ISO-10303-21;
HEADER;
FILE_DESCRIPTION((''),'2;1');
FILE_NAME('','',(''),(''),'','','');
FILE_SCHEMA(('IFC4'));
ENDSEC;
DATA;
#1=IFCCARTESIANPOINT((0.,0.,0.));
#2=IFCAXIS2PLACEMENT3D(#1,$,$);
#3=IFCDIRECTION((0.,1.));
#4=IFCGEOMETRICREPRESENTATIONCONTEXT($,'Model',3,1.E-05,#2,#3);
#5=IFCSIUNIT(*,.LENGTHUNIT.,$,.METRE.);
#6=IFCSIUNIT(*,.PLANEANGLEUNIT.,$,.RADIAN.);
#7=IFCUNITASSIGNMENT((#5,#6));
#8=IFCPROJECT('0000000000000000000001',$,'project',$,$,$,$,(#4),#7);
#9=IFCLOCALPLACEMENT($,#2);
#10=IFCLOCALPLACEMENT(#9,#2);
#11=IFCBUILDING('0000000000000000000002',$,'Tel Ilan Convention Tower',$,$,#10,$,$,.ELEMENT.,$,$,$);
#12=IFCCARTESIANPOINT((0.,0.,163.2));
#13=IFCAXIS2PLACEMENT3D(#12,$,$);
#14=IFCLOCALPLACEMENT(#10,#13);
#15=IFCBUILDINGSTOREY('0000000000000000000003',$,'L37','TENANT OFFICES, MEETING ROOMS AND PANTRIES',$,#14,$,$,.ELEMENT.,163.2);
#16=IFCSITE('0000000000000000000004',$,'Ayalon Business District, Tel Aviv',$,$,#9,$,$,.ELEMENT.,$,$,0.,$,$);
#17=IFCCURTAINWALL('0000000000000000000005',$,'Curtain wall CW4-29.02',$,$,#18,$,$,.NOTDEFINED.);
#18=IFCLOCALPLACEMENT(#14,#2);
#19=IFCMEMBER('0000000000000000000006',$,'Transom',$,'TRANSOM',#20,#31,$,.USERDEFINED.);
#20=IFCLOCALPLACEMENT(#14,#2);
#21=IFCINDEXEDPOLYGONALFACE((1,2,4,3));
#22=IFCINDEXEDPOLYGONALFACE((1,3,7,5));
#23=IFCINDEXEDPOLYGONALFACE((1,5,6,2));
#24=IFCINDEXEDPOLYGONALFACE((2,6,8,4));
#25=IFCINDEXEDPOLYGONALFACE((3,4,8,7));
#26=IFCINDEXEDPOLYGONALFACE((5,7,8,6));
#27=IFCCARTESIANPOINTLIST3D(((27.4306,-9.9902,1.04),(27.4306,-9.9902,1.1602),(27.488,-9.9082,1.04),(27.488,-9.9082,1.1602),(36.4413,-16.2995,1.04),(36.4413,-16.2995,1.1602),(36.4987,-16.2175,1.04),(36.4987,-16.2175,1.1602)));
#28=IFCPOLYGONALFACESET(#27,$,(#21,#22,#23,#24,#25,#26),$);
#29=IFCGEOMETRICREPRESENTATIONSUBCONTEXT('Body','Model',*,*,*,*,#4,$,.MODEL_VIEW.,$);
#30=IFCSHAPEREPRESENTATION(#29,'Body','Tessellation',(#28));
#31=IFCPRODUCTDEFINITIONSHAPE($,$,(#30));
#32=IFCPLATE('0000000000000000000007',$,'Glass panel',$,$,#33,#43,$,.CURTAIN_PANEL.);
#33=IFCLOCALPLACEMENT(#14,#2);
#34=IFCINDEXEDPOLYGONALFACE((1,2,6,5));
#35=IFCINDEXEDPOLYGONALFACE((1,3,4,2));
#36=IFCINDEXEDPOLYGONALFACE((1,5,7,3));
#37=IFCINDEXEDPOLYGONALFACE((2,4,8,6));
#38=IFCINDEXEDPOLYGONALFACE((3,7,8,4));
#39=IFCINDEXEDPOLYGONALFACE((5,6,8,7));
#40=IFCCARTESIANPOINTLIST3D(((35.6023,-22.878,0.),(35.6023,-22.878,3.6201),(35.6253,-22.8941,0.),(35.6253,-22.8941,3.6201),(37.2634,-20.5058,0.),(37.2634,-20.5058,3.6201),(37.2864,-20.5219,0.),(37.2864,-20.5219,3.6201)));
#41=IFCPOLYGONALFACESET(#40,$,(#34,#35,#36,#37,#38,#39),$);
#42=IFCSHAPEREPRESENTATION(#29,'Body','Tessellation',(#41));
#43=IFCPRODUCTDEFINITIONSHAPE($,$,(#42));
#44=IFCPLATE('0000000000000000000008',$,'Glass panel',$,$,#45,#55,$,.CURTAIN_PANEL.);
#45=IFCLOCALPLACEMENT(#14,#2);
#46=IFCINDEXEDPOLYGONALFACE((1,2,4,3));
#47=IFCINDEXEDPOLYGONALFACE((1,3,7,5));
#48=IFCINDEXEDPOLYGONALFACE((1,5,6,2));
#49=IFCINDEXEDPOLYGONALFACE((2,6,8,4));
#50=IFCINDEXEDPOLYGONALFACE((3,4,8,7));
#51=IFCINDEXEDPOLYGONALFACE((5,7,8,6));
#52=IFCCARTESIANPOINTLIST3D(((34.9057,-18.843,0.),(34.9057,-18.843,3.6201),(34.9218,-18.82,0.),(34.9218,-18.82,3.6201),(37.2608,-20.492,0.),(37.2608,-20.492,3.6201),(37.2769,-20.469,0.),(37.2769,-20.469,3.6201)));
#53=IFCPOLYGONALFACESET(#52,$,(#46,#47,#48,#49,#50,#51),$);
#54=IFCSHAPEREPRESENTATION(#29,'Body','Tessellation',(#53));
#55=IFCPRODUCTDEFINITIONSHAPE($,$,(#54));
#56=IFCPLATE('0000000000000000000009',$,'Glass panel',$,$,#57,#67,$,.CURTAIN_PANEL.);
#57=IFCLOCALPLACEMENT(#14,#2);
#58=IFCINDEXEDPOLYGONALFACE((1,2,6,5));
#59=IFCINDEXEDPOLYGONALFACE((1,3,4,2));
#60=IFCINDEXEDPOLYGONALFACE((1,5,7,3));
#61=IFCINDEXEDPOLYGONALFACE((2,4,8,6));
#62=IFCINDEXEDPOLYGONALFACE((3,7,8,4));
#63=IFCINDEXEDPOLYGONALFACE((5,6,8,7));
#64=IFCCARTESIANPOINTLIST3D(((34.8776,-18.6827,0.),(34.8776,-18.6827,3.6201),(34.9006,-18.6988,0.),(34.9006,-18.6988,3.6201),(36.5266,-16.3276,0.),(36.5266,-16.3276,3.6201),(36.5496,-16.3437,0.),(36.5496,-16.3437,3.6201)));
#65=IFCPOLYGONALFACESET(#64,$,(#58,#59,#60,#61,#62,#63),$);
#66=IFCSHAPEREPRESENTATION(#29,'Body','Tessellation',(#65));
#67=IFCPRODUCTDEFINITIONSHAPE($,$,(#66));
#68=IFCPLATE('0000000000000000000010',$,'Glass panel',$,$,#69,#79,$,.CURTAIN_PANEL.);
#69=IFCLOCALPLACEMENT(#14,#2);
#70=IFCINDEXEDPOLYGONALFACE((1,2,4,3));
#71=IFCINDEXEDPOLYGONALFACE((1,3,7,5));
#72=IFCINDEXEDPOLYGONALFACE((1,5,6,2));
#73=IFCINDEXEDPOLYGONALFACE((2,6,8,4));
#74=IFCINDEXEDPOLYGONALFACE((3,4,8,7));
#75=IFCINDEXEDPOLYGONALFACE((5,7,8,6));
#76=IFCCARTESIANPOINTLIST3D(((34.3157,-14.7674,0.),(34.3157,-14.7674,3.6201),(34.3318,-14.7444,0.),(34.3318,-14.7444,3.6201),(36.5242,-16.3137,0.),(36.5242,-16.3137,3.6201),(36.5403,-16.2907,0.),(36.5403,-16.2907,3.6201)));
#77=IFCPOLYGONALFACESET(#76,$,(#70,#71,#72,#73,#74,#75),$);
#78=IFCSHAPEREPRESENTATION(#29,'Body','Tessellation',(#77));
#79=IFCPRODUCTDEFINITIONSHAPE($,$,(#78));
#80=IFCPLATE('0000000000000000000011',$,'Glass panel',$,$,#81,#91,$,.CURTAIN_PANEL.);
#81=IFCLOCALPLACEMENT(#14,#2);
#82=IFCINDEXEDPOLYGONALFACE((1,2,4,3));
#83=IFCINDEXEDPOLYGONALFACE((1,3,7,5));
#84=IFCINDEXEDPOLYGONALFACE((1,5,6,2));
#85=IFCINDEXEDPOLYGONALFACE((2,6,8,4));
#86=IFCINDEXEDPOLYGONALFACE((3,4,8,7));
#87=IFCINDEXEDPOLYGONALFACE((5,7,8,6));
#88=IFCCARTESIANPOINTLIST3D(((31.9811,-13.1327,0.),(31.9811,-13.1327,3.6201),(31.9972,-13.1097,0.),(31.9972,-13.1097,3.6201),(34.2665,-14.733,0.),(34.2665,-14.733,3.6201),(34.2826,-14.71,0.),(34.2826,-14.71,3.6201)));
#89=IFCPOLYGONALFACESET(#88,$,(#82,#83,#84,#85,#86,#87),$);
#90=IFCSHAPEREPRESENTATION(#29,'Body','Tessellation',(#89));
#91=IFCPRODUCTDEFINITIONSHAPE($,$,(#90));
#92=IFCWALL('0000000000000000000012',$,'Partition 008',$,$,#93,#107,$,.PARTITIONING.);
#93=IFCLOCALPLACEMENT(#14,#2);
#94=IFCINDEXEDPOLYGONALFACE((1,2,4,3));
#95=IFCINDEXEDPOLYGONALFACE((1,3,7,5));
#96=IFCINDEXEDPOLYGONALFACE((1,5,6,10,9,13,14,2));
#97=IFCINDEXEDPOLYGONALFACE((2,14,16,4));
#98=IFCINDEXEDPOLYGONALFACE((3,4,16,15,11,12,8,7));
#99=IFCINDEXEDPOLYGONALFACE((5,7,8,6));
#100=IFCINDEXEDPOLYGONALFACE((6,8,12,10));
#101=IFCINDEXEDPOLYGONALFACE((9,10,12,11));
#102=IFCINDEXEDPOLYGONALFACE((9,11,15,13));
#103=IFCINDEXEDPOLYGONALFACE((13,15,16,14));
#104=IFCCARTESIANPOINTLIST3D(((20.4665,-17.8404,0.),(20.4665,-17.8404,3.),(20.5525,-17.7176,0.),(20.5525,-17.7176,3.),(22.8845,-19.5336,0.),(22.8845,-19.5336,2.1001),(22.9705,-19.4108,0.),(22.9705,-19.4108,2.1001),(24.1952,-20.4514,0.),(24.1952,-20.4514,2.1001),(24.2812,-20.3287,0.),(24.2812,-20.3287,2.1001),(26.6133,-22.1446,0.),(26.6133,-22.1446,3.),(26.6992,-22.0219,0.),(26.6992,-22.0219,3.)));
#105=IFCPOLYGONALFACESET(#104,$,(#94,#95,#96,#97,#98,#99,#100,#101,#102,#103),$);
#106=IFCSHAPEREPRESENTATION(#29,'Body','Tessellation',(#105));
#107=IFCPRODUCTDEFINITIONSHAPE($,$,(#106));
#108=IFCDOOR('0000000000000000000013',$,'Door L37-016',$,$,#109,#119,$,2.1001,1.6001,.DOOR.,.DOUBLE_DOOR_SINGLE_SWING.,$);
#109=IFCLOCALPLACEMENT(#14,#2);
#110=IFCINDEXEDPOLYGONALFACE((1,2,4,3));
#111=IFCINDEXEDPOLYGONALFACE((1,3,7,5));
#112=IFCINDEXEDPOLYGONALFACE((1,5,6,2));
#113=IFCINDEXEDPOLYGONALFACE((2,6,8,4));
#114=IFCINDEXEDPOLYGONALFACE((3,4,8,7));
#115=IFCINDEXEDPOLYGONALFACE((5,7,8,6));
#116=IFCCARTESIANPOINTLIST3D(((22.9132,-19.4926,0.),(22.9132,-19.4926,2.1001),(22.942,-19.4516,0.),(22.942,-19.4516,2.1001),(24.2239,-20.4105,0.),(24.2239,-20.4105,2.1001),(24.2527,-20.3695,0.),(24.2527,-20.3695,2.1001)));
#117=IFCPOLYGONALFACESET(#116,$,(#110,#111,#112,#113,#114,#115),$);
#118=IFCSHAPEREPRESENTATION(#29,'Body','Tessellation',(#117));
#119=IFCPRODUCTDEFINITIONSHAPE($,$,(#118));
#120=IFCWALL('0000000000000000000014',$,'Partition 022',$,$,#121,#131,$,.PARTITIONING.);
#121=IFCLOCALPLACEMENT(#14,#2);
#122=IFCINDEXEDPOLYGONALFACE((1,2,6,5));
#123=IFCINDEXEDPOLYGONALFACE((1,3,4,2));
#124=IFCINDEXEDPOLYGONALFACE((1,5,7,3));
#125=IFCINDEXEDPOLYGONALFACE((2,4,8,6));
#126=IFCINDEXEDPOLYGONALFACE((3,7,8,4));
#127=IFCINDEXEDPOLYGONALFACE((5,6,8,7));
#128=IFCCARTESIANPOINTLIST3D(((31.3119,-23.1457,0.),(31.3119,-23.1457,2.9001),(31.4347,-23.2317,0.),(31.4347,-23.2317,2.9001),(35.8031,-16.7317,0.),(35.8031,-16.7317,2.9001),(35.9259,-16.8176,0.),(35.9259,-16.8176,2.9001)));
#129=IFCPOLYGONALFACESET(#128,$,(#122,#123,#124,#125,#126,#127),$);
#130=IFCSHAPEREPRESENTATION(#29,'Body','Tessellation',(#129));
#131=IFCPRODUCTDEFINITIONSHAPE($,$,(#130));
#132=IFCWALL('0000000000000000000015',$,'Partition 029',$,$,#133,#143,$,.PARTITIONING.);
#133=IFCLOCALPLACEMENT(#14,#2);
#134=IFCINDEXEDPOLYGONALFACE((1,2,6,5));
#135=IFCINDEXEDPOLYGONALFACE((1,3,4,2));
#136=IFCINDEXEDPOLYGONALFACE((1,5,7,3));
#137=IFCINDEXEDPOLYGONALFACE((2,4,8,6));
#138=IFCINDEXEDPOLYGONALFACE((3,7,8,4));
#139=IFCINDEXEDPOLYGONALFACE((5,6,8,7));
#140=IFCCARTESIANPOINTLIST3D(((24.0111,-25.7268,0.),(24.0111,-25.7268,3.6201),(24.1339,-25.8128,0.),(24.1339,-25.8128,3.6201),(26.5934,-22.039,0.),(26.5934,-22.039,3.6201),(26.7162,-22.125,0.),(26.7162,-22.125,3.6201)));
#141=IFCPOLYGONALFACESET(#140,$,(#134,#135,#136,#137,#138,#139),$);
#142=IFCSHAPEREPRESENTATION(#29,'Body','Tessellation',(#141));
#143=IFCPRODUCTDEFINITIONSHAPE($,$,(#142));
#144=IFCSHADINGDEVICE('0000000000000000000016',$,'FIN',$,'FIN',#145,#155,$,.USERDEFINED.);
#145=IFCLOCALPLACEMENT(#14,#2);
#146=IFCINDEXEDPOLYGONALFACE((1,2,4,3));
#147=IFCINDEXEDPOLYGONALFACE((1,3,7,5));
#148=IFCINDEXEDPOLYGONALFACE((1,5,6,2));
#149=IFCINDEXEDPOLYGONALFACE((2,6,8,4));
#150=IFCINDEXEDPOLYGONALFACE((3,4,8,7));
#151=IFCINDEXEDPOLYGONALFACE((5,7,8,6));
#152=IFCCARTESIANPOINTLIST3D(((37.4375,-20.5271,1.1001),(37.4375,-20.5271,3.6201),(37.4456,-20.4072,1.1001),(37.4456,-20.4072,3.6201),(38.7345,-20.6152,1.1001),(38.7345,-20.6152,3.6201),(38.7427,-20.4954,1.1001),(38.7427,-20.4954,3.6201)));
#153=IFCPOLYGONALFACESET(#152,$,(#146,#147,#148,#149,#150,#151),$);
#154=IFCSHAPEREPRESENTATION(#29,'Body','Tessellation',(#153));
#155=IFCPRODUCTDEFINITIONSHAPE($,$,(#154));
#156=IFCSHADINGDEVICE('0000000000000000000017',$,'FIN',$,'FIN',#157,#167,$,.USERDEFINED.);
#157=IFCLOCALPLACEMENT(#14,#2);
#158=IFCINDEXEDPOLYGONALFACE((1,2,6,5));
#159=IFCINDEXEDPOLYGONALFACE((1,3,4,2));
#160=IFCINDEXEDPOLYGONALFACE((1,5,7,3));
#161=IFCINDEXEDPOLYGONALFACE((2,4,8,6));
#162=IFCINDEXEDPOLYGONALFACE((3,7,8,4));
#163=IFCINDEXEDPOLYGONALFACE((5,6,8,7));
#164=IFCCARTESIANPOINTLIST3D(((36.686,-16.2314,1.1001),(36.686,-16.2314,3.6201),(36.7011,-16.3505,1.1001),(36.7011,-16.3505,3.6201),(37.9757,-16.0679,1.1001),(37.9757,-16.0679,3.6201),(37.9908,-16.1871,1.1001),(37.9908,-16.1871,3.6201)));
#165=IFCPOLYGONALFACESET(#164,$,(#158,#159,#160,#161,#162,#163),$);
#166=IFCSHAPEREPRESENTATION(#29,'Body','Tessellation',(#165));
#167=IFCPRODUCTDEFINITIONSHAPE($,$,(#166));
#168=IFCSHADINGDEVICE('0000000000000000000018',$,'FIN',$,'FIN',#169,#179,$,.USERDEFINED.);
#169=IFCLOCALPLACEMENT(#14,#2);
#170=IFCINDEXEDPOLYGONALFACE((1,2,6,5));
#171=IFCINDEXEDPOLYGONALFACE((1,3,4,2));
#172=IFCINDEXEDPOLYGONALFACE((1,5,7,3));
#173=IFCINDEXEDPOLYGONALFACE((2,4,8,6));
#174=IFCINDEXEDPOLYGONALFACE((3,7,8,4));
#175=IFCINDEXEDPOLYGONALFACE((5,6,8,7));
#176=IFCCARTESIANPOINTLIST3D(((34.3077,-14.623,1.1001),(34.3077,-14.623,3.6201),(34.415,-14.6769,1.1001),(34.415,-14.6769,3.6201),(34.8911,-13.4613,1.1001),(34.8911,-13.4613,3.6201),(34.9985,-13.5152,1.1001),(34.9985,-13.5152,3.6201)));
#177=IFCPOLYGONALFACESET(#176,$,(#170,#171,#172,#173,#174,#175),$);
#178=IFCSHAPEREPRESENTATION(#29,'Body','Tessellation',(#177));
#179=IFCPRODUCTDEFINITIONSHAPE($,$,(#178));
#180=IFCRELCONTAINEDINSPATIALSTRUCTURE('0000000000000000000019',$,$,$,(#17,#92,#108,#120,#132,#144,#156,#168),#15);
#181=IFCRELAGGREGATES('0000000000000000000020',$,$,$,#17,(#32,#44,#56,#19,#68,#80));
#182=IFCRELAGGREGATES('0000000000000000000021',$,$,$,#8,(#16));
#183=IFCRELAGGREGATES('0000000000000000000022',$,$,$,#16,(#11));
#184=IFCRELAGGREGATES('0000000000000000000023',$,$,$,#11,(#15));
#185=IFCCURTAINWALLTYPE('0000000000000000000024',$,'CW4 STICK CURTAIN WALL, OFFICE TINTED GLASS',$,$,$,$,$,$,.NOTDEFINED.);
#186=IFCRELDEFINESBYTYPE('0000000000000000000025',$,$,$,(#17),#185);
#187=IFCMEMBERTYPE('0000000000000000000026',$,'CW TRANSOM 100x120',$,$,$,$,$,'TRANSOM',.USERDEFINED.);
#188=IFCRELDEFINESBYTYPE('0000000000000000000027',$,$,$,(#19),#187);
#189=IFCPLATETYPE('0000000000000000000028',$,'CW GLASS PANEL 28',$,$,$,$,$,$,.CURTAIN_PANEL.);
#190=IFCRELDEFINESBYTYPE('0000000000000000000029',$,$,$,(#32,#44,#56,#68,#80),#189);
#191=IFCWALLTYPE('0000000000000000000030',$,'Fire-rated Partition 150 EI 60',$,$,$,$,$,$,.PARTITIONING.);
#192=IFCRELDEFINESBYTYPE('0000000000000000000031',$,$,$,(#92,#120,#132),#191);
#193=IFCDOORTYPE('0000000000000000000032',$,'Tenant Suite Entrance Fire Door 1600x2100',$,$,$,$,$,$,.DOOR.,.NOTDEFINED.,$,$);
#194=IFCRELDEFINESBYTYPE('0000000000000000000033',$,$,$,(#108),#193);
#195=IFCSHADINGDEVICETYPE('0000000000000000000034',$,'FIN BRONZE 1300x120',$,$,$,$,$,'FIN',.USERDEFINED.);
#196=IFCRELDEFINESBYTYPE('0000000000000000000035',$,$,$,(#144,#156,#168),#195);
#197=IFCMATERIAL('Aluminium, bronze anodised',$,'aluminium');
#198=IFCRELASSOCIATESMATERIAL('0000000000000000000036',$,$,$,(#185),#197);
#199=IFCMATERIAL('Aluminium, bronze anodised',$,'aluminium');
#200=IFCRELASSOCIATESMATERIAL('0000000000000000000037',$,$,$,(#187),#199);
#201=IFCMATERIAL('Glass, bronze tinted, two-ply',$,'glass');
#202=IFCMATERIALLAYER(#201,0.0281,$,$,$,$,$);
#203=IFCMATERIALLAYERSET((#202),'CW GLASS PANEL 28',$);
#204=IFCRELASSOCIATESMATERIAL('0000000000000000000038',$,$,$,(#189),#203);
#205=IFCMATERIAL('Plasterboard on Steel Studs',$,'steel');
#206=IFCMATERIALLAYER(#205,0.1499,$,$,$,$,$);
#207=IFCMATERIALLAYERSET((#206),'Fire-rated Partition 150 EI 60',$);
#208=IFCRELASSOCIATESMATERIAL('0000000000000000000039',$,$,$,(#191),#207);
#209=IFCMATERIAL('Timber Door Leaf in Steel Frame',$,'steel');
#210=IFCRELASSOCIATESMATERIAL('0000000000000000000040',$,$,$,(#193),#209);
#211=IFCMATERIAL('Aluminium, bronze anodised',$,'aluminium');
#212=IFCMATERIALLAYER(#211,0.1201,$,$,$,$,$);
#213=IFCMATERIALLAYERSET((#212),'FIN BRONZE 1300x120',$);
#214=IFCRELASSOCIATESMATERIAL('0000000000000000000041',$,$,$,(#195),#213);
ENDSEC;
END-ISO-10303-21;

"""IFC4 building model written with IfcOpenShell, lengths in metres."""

from ifc_helpers import new_model, si_unit, direction, frame, frame_2d, origin, origin_2d, place, context, subcontext, project, spatial, rectangle, extrude, material, layer, layer_set, material_profile, profile_set, type_object, element, fill, aggregate, save


model = new_model("IFC4")

# Units and contexts
model_context = context("Model", 3, precision=1e-05, world=origin(), true_north=direction((0.0, 1.0)))
body_context = subcontext(model_context, "Body", "Model", "MODEL_VIEW")
ifc_project = project(units=[si_unit("LENGTHUNIT", "METRE"), si_unit("PLANEANGLEUNIT", "RADIAN")], contexts=[model_context])

# Site, building, storey
site_placement = place(None, origin())
site = spatial("IfcSite", under=ifc_project, at=site_placement, Name="Ayalon Business District, Tel Aviv", CompositionType="ELEMENT", RefElevation=0.0)
building_placement = place(site_placement, origin())
building = spatial("IfcBuilding", under=site, at=building_placement, Name="Tel Ilan Convention Tower", CompositionType="ELEMENT")
storey_placement = place(building_placement, frame((0.0, 0.0, 163.2)))
storey = spatial("IfcBuildingStorey", under=building, at=storey_placement, Name="L37", Description="TENANT OFFICES, MEETING ROOMS AND PANTRIES", CompositionType="ELEMENT", Elevation=163.2)

# Curtain wall, member, plates
ifc_material_1 = material(Name="Aluminium, bronze anodised", Category="aluminium")
curtain_wall_type = type_object("IfcCurtainWallType", Name="CW4 STICK CURTAIN WALL, OFFICE TINTED GLASS", PredefinedType="NOTDEFINED", material=ifc_material_1)
curtain_wall_placement = place(storey_placement, origin())
curtain_wall = element("IfcCurtainWall", 1, at=curtain_wall_placement, inside=storey, type_object=curtain_wall_type, Name="Curtain wall CW4-29.02", PredefinedType="NOTDEFINED")
ifc_material_2 = material(Name="Aluminium, bronze anodised", Category="aluminium")
ifc_material_profile_1 = material_profile(ifc_material_2, rectangle(XDim=0.1001, YDim=0.1201, at=origin_2d()), Name="CW TRANSOM 100x120")
ifc_profile_set_1 = profile_set([ifc_material_profile_1], Name="Aluminium, bronze anodised")
member_type_1 = type_object("IfcMemberType", Name="CW TRANSOM 100x120", ElementType="TRANSOM", PredefinedType="USERDEFINED", material=ifc_profile_set_1)
member_1_placement = place(storey_placement, frame((36.47, -16.2585, 1.1001), z_axis=(-0.819155, 0.573573, 0.0), x_axis=(-0.573573, -0.819155, 0.0)))
member_1 = element("IfcMember", 2, at=member_1_placement, type_object=member_type_1, Name="Transom", ObjectType="TRANSOM", PredefinedType="USERDEFINED", context=body_context, shape_type="SweptSolid", body=[
    extrude(rectangle(XDim=0.1001, YDim=0.1201, at=origin_2d()), origin(), (0.0, 0.0, 1.0), 11.0),
])
ifc_material_3 = material(Name="Glass, bronze tinted, two-ply", Category="glass")
ifc_layer_1 = layer(ifc_material_3, 0.0281)
ifc_layer_set_1 = layer_set([ifc_layer_1], Name="CW GLASS PANEL 28")
plate_type = type_object("IfcPlateType", Name="CW GLASS PANEL 28", PredefinedType="CURTAIN_PANEL", material=ifc_layer_set_1)
plate_1_placement = place(storey_placement, frame((36.4443, -21.7, 0.0), z_axis=(0.0, 0.0, 1.0), x_axis=(0.573576, 0.819152, 0.0)))
plate_1 = element("IfcPlate", 3, at=plate_1_placement, type_object=plate_type, Name="Glass panel", PredefinedType="CURTAIN_PANEL", context=body_context, shape_type="SweptSolid", body=[
    extrude(rectangle(XDim=2.896, YDim=0.0281, at=origin_2d()), origin(), (0.0, 0.0, 1.0), 3.6201),
])
plate_2_placement = place(storey_placement, frame((36.0913, -19.656, 0.0), z_axis=(0.0, 0.0, 1.0), x_axis=(-0.819152, 0.573576, 0.0)))
plate_2 = element("IfcPlate", 4, at=plate_2_placement, type_object=plate_type, Name="Glass panel", PredefinedType="CURTAIN_PANEL", context=body_context, shape_type="SweptSolid", body=[
    extrude(rectangle(XDim=2.875, YDim=0.0281, at=origin_2d()), origin(), (0.0, 0.0, 1.0), 3.6201),
])
plate_3_placement = place(storey_placement, frame((35.7136, -17.5132, 0.0), z_axis=(0.0, 0.0, 1.0), x_axis=(0.573576, 0.819152, 0.0)))
plate_3 = element("IfcPlate", 5, at=plate_3_placement, type_object=plate_type, Name="Glass panel", PredefinedType="CURTAIN_PANEL", context=body_context, shape_type="SweptSolid", body=[
    extrude(rectangle(XDim=2.875, YDim=0.0281, at=origin_2d()), origin(), (0.0, 0.0, 1.0), 3.6201),
])
plate_4_placement = place(storey_placement, frame((35.428, -15.5291, 0.0), z_axis=(0.0, 0.0, 1.0), x_axis=(-0.819152, 0.573576, 0.0)))
plate_4 = element("IfcPlate", 6, at=plate_4_placement, type_object=plate_type, Name="Glass panel", PredefinedType="CURTAIN_PANEL", context=body_context, shape_type="SweptSolid", body=[
    extrude(rectangle(XDim=2.696, YDim=0.0281, at=origin_2d()), origin(), (0.0, 0.0, 1.0), 3.6201),
])
plate_5_placement = place(storey_placement, frame((33.1318, -13.9214, 0.0), z_axis=(0.0, 0.0, 1.0), x_axis=(-0.819152, 0.573576, 0.0)))
plate_5 = element("IfcPlate", 7, at=plate_5_placement, type_object=plate_type, Name="Glass panel", PredefinedType="CURTAIN_PANEL", context=body_context, shape_type="SweptSolid", body=[
    extrude(rectangle(XDim=2.79, YDim=0.0281, at=origin_2d()), origin(), (0.0, 0.0, 1.0), 3.6201),
])
aggregate(curtain_wall, [plate_1, plate_2, plate_3, member_1, plate_4, plate_5])

# Wall, opening, door
ifc_material_4 = material(Name="Plasterboard on Steel Studs", Category="steel")
ifc_layer_2 = layer(ifc_material_4, 0.1499)
ifc_layer_set_2 = layer_set([ifc_layer_2], Name="Fire-rated Partition 150 EI 60")
wall_type = type_object("IfcWallType", Name="Fire-rated Partition 150 EI 60", PredefinedType="PARTITIONING", material=ifc_layer_set_2)
wall_1_placement = place(storey_placement, frame((26.6562, -22.0833, 0.0), z_axis=(0.0, 0.0, 1.0), x_axis=(-0.819139, 0.573596, 0.0)))
wall_1 = element("IfcWall", 8, at=wall_1_placement, inside=storey, type_object=wall_type, Name="Partition 008", PredefinedType="PARTITIONING", context=body_context, shape_type="SweptSolid", body=[
    extrude(rectangle(XDim=7.5039, YDim=0.1499, at=frame_2d((3.752, 0.0))), origin(), (0.0, 0.0, 1.0), 3.0),
])
opening_placement = place(wall_1_placement, frame((2.9519, 0.0, 0.0)))
opening = element("IfcOpeningElement", 9, at=opening_placement, cuts=wall_1, PredefinedType="OPENING", context=body_context, shape_type="SweptSolid", body=[
    extrude(rectangle(XDim=1.6001, YDim=2.1001, at=frame_2d((0.8, 1.05))), frame((0.0, 0.085, 0.0), z_axis=(0.0, -1.0, 0.0), x_axis=(1.0, 0.0, 0.0)), (0.0, 0.0, 1.0), 0.1699),
])
ifc_material_5 = material(Name="Timber Door Leaf in Steel Frame", Category="steel")
door_type = type_object("IfcDoorType", Name="Tenant Suite Entrance Fire Door 1600x2100", OperationType="NOTDEFINED", PredefinedType="DOOR", material=ifc_material_5)
door_placement = place(opening_placement, origin())
door = element("IfcDoor", 10, at=door_placement, inside=storey, type_object=door_type, Name="Door L37-016", OperationType="DOUBLE_DOOR_SINGLE_SWING", OverallHeight=2.1001, OverallWidth=1.6001, PredefinedType="DOOR", context=body_context, shape_type="SweptSolid", body=[
    extrude(rectangle(XDim=1.6001, YDim=2.1001, at=frame_2d((0.8, 1.05))), frame((0.0, 0.0249, 0.0), z_axis=(0.0, -1.0, 0.0), x_axis=(1.0, 0.0, 0.0)), (0.0, 0.0, 1.0), 0.05),
])
fill(opening, door)

# Walls
wall_2_placement = place(storey_placement, frame((35.8645, -16.7747, 0.0), z_axis=(0.0, 0.0, 1.0), x_axis=(-0.57358, -0.81915, 0.0)))
element("IfcWall", 11, at=wall_2_placement, inside=storey, type_object=wall_type, Name="Partition 022", PredefinedType="PARTITIONING", context=body_context, shape_type="SweptSolid", body=[
    extrude(rectangle(XDim=7.8301, YDim=0.1499, at=frame_2d((3.915, 0.0))), origin(), (0.0, 0.0, 1.0), 2.9001),
])
wall_3_placement = place(storey_placement, frame((26.6548, -22.082, 0.0), z_axis=(0.0, 0.0, 1.0), x_axis=(-0.57359, -0.819143, 0.0)))
element("IfcWall", 12, at=wall_3_placement, inside=storey, type_object=wall_type, Name="Partition 029", PredefinedType="PARTITIONING", context=body_context, shape_type="SweptSolid", body=[
    extrude(rectangle(XDim=4.502, YDim=0.1499, at=frame_2d((2.251, 0.0))), origin(), (0.0, 0.0, 1.0), 3.6201),
])

# Shading devices
ifc_material_6 = material(Name="Aluminium, bronze anodised", Category="aluminium")
ifc_layer_3 = layer(ifc_material_6, 0.1201)
ifc_layer_set_3 = layer_set([ifc_layer_3], Name="FIN BRONZE 1300x120")
shading_device_type = type_object("IfcShadingDeviceType", Name="FIN BRONZE 1300x120", ElementType="FIN", PredefinedType="USERDEFINED", material=ifc_layer_set_3)
for number, where, z_axis, x_axis, name in (
    (13, (38.0901, -20.5112, 1.1001), (0.0, 0.0, 1.0), (0.997697, -0.067822, 0.0), "FIN"),
    (14, (37.3384, -16.2092, 1.1001), (0.0, 0.0, 1.0), (0.992066, 0.125718, 0.0), "FIN"),
    (15, (34.6531, -14.0691, 1.1001), (0.0, 0.0, 1.0), (0.448799, 0.893633, 0.0), "FIN"),
):
    element("IfcShadingDevice", number, at=place(storey_placement, frame(where, z_axis=z_axis, x_axis=x_axis)), inside=storey, type_object=shading_device_type, Name=name, ObjectType="FIN", PredefinedType="USERDEFINED", context=body_context, shape_type="SweptSolid", body=[
        extrude(rectangle(XDim=1.3, YDim=0.1201, at=origin_2d()), origin(), (0.0, 0.0, 1.0), 2.52),
    ])

save(model, "model.ifc")
